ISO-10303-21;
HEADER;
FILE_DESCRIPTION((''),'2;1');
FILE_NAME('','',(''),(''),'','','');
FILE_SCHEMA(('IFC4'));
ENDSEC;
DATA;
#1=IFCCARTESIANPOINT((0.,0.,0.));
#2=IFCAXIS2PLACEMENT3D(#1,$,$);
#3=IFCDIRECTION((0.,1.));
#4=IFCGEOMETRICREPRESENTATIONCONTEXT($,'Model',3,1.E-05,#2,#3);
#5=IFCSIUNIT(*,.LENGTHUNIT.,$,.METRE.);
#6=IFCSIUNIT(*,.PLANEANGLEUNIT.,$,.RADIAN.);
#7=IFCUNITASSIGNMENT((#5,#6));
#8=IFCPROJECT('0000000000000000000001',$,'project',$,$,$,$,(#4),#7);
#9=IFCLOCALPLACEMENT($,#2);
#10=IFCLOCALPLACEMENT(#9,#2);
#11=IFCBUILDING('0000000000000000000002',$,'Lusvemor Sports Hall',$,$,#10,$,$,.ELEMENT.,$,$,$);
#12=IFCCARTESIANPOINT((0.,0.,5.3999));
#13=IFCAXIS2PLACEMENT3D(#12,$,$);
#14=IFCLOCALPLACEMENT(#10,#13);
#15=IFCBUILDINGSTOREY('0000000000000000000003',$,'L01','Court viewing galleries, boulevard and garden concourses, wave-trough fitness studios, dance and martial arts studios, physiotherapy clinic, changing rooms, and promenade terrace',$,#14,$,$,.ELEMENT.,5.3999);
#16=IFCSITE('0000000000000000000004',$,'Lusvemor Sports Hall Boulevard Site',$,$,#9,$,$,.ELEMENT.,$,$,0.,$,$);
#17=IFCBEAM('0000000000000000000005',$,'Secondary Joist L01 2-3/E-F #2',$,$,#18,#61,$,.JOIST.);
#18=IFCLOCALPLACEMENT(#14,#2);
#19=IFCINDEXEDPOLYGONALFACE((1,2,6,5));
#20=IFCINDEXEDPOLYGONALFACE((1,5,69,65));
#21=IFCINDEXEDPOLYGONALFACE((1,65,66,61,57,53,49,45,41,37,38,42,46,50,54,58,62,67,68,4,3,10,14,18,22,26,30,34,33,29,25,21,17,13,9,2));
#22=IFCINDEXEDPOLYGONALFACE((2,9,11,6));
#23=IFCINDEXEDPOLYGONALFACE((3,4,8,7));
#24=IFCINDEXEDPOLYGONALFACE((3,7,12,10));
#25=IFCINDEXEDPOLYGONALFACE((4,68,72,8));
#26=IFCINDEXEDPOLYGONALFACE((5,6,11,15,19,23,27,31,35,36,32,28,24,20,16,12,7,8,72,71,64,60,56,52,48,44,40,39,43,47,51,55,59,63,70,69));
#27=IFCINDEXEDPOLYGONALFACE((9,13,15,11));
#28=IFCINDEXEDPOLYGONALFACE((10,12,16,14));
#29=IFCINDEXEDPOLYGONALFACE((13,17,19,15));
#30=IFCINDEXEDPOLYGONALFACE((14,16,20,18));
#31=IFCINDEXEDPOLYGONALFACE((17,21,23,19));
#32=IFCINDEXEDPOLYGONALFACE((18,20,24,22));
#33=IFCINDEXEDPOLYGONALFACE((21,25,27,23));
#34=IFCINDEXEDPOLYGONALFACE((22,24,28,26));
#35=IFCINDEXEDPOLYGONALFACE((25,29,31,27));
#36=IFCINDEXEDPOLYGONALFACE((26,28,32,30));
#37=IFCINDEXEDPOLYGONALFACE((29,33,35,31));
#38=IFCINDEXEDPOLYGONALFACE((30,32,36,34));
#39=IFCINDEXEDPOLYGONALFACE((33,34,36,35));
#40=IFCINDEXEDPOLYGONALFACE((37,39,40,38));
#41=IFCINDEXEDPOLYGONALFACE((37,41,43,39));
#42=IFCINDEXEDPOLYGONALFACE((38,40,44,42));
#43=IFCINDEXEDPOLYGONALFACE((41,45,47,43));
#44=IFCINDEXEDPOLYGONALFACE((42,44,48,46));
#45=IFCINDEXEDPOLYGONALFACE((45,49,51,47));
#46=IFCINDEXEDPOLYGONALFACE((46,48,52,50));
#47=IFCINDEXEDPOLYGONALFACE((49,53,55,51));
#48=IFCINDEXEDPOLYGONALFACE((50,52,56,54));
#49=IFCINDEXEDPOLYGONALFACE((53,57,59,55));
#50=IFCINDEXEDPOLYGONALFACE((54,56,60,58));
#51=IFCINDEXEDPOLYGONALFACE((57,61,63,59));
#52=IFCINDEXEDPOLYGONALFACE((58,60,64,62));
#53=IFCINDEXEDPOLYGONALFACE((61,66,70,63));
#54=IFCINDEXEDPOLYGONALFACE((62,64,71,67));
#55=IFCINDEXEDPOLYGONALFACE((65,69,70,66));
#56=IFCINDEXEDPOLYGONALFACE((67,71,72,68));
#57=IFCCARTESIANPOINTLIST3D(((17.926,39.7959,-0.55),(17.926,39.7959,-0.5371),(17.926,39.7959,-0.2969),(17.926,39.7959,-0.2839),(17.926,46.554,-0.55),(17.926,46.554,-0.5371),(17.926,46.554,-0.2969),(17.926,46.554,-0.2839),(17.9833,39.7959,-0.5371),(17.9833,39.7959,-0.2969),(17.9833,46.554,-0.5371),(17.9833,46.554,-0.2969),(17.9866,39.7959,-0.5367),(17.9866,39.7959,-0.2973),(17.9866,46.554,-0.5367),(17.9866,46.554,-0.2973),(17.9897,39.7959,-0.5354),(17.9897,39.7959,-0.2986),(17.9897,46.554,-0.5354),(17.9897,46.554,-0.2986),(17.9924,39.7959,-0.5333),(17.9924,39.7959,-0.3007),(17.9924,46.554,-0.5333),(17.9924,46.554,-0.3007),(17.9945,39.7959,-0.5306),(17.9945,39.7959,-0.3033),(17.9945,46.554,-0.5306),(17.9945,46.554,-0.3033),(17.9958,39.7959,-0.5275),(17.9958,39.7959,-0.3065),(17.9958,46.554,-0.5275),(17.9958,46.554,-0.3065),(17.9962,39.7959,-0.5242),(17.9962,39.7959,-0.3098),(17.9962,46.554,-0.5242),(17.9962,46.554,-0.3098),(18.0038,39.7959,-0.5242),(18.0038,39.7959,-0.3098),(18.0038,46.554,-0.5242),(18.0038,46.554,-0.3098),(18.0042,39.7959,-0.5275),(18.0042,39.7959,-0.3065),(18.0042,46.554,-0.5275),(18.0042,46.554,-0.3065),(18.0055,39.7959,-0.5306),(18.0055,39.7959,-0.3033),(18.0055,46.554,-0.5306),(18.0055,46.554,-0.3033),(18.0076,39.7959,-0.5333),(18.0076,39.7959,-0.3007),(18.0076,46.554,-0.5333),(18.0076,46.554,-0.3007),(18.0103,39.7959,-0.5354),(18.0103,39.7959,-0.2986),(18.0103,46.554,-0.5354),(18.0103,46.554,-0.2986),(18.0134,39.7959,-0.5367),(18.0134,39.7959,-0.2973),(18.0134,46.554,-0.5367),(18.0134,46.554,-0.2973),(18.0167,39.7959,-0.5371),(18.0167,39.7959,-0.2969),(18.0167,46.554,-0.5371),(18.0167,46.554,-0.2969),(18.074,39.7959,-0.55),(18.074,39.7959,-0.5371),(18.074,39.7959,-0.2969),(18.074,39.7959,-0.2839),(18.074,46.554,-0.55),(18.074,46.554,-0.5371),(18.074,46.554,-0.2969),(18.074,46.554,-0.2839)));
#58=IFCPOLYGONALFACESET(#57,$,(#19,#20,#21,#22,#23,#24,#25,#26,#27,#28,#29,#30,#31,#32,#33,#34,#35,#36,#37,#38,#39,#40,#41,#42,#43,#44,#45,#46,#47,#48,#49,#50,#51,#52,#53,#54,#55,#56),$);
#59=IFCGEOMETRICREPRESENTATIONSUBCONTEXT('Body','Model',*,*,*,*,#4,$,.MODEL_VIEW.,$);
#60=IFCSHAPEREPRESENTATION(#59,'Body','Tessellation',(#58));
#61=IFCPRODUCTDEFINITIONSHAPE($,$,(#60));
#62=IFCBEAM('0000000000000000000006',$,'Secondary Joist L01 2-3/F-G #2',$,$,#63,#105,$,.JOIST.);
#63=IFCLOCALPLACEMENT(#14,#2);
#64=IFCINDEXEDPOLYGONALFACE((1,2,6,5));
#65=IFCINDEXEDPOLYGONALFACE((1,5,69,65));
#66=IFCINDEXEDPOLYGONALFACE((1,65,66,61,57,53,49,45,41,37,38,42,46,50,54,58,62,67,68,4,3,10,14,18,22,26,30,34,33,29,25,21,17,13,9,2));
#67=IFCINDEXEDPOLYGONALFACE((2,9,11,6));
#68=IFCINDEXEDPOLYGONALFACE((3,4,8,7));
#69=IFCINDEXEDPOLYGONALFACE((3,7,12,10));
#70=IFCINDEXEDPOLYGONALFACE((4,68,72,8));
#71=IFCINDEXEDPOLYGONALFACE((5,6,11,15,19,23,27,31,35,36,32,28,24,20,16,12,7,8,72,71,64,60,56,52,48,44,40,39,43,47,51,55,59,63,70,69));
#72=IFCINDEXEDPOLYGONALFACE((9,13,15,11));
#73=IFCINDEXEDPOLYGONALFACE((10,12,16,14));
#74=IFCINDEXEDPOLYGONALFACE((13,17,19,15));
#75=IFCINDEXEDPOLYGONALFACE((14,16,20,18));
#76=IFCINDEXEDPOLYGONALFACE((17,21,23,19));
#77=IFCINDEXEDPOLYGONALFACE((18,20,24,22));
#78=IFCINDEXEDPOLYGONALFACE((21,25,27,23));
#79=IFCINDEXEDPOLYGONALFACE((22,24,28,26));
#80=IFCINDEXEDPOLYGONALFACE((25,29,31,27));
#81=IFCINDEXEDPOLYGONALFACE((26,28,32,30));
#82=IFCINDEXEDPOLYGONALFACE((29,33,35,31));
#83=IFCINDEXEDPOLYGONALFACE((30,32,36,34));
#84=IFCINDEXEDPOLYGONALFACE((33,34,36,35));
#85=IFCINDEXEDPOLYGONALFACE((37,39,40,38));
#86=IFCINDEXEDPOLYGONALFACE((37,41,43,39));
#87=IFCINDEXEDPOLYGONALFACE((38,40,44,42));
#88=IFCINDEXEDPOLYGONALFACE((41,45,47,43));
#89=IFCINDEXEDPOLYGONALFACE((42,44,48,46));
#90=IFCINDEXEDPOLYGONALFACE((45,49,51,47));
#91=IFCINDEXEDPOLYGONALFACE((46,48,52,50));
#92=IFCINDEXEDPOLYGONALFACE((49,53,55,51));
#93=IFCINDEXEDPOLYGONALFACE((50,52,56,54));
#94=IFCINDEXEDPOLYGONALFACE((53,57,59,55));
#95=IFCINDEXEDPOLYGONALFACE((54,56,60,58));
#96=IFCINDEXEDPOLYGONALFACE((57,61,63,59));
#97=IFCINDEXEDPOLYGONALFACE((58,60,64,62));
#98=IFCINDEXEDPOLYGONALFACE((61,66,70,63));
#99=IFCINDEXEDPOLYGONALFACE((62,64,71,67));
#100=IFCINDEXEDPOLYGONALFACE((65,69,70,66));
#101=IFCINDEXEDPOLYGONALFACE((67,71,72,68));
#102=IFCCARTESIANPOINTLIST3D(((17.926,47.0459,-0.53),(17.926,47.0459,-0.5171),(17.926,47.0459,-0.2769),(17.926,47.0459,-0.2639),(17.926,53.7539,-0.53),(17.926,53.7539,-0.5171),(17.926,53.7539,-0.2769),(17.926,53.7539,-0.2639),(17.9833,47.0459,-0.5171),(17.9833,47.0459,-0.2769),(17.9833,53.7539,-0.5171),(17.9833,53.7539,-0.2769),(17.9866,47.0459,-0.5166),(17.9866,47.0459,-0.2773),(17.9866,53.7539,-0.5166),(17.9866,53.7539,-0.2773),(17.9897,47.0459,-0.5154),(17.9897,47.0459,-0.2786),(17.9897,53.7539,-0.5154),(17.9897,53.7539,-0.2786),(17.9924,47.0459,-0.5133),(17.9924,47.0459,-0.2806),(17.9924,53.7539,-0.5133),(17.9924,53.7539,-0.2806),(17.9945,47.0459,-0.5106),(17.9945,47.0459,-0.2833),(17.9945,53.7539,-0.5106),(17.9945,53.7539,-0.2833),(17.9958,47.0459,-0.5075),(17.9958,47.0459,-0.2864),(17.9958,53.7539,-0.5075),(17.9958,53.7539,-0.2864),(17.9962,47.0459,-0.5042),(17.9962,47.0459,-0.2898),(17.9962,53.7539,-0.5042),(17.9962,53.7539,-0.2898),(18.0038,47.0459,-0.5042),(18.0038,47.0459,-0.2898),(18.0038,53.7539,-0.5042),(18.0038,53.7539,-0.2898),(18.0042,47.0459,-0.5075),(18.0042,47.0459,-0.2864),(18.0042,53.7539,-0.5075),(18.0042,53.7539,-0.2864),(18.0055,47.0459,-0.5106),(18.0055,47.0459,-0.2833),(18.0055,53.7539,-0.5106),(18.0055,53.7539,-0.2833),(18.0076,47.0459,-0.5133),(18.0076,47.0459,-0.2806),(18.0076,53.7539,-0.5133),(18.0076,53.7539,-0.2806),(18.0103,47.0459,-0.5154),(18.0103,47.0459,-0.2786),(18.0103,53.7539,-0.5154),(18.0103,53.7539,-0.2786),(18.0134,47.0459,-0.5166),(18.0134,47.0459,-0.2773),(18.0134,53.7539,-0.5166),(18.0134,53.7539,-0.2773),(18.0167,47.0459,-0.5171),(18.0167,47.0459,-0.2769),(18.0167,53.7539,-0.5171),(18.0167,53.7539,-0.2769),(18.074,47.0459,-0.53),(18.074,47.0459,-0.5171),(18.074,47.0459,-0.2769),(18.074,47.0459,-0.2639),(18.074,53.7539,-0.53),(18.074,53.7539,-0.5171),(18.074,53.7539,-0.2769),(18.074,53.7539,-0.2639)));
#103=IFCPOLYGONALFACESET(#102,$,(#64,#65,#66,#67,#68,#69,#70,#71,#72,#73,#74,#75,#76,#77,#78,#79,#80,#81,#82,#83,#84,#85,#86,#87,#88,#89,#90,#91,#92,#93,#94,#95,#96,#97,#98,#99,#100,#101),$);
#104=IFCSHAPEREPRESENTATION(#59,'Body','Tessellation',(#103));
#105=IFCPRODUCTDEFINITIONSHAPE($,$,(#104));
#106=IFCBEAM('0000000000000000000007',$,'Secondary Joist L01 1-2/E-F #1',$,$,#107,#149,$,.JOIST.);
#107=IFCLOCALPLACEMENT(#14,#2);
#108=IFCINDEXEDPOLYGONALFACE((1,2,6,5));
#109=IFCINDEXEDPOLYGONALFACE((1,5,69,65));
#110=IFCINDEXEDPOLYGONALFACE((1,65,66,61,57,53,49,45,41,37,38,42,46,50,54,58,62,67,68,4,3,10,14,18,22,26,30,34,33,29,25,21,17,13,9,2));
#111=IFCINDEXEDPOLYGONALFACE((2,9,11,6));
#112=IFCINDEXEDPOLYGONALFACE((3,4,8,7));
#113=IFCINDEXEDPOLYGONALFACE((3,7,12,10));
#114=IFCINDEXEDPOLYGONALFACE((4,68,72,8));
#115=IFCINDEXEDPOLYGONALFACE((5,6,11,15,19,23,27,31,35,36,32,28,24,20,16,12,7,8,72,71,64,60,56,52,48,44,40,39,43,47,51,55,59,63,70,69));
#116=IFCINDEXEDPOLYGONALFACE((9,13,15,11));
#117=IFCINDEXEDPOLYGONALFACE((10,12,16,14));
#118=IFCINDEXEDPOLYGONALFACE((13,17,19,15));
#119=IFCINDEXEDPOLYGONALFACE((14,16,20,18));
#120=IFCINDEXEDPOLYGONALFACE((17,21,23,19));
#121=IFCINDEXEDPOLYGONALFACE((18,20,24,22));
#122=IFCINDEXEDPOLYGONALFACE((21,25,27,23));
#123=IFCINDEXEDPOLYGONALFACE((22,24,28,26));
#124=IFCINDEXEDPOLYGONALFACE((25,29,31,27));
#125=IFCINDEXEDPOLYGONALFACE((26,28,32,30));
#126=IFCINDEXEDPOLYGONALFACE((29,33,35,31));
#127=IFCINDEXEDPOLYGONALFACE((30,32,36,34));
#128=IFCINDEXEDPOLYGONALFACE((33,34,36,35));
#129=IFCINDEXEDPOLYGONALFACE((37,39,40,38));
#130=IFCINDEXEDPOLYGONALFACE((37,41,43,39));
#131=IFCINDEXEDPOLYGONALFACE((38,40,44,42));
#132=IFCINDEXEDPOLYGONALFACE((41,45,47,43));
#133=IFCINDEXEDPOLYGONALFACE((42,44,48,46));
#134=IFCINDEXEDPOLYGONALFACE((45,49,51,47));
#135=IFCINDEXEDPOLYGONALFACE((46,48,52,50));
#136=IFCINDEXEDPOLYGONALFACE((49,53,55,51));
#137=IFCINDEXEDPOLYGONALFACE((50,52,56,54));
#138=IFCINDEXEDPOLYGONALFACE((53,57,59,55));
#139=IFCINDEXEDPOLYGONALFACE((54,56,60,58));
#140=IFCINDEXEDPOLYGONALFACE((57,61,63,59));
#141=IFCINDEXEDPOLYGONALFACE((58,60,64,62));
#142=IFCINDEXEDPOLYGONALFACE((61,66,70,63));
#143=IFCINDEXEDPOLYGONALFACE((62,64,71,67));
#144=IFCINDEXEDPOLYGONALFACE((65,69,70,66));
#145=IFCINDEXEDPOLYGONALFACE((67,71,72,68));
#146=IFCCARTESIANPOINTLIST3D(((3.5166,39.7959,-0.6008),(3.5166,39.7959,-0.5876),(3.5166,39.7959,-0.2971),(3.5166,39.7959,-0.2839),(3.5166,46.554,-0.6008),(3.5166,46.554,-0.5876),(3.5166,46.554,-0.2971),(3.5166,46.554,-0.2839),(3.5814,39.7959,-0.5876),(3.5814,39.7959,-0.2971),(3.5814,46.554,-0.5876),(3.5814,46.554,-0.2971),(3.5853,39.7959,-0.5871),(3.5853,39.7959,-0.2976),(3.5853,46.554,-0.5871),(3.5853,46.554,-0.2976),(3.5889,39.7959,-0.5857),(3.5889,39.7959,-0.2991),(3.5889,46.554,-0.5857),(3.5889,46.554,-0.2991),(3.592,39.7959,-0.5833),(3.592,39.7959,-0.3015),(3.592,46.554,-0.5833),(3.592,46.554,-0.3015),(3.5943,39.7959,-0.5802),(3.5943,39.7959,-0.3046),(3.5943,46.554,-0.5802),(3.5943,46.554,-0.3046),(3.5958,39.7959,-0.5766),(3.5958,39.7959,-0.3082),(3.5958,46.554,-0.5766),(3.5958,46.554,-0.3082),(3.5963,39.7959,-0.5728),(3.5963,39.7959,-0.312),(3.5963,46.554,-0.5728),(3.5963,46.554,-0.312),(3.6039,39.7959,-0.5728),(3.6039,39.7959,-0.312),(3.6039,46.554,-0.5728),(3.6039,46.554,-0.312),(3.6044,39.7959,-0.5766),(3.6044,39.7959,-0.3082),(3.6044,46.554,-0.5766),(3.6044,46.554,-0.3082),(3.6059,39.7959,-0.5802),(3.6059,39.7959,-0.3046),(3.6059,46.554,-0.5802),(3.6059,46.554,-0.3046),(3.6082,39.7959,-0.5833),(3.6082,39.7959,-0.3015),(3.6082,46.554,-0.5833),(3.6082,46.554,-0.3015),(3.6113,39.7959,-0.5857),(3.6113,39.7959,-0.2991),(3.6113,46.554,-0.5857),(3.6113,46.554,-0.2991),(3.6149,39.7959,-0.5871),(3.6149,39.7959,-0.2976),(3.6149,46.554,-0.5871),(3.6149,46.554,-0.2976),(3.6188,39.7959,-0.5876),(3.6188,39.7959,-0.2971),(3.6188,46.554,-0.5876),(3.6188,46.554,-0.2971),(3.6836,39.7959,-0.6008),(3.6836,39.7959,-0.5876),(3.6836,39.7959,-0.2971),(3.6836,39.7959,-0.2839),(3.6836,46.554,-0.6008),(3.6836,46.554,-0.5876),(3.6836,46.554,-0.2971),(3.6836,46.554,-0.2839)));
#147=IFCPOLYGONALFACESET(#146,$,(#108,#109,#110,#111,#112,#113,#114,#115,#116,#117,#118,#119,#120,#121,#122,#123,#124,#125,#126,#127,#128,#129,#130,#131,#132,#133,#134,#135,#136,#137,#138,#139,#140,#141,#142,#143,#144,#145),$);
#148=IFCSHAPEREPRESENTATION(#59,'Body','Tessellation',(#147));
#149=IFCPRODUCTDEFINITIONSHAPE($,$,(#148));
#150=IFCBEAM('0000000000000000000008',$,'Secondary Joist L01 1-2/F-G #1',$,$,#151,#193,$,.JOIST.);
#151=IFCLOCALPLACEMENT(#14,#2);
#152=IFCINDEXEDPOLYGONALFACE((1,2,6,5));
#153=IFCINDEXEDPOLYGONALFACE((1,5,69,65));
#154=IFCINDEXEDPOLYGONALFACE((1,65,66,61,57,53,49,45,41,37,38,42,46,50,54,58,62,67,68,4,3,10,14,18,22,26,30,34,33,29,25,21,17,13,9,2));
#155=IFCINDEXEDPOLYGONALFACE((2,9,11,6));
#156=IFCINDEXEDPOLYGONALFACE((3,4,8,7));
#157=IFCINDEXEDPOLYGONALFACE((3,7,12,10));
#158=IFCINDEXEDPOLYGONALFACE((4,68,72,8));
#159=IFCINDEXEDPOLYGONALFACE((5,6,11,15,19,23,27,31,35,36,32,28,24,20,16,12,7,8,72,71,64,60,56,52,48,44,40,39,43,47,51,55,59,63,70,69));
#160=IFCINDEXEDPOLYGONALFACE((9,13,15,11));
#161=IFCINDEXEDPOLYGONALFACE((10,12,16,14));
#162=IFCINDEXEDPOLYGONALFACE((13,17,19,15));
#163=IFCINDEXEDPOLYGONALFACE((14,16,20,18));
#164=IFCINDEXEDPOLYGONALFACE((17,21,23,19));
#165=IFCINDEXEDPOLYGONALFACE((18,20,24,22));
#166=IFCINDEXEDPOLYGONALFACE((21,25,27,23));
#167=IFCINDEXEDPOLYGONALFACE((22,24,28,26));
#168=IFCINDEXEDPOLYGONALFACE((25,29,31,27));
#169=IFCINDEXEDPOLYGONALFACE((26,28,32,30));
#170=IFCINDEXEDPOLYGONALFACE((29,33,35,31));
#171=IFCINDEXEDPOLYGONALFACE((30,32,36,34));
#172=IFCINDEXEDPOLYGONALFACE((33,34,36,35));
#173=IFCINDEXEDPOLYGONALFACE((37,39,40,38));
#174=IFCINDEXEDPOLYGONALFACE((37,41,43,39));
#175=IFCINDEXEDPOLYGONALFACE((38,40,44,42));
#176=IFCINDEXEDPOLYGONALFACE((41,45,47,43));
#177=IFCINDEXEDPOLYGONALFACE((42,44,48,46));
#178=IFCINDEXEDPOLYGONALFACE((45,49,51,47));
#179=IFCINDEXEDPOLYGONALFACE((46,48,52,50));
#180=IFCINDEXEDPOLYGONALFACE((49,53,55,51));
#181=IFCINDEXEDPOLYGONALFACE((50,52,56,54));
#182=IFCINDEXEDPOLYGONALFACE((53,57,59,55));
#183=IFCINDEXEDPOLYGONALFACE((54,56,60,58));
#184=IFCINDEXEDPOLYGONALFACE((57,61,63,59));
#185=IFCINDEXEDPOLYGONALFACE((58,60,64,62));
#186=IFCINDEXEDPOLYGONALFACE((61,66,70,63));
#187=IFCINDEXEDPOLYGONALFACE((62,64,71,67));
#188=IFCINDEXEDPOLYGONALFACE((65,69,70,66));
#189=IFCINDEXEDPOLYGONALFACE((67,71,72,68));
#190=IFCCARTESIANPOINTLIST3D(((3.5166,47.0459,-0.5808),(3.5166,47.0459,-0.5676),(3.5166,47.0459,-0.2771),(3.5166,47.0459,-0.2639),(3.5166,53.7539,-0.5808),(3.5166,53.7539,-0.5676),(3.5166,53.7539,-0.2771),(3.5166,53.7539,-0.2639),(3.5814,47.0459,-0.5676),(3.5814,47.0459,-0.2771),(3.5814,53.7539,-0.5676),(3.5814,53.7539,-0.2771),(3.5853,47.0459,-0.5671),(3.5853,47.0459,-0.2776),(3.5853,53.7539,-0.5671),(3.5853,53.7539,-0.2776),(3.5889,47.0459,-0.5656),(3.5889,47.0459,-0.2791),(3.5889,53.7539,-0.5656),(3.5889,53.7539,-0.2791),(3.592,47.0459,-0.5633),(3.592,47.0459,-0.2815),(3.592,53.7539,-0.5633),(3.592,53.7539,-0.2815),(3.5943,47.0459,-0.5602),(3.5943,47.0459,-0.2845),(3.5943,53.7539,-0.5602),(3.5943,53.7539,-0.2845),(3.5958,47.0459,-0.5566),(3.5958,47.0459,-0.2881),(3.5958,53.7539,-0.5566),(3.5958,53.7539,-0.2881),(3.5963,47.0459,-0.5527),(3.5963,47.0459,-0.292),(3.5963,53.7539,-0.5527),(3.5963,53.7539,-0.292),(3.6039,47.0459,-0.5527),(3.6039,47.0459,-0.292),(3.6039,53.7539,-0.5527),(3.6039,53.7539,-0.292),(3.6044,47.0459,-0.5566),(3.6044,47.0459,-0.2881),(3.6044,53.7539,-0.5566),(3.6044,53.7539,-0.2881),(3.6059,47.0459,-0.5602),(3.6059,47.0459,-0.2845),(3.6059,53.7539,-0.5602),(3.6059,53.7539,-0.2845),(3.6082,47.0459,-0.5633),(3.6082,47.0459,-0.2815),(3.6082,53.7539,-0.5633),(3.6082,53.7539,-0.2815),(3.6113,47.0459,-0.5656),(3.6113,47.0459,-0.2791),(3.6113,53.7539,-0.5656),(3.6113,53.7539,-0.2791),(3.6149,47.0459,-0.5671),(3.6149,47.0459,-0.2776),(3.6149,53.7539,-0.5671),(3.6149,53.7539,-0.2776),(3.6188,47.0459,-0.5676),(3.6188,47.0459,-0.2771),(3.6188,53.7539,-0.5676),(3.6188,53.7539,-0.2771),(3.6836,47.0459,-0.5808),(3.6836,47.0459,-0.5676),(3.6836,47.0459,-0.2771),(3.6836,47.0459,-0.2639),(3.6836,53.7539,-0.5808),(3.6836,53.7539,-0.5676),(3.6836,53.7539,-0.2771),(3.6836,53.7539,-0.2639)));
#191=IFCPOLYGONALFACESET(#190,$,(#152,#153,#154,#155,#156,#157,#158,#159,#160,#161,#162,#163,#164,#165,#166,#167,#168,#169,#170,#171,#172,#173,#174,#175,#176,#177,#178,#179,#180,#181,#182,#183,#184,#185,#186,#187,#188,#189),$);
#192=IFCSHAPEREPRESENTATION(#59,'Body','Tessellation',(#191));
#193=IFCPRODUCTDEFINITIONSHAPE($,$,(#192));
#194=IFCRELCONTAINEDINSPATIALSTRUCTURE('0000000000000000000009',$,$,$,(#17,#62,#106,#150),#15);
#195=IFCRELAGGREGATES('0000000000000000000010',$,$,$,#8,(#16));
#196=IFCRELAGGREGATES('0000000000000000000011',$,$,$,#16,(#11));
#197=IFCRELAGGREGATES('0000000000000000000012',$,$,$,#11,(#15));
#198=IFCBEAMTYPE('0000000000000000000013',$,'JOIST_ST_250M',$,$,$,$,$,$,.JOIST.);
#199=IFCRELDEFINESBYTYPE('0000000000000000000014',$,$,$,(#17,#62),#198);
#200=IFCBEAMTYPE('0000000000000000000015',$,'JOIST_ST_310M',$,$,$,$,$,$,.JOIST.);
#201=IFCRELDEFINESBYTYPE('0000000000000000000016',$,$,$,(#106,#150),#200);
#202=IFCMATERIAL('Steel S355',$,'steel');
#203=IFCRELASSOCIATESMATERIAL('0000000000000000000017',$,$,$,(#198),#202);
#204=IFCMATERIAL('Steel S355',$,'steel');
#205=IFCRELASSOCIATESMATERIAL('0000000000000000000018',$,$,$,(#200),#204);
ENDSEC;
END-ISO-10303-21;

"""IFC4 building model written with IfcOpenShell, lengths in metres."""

from ifc_helpers import new_model, si_unit, direction, frame, origin, origin_2d, place, context, subcontext, project, spatial, i_section, extrude, material, material_profile, profile_set, type_object, element, save


model = new_model("IFC4")

# Units and contexts
model_context = context("Model", 3, precision=1e-05, world=origin(), true_north=direction((0.0, 1.0)))
body_context = subcontext(model_context, "Body", "Model", "MODEL_VIEW")
ifc_project = project(units=[si_unit("LENGTHUNIT", "METRE"), si_unit("PLANEANGLEUNIT", "RADIAN")], contexts=[model_context])

# Site, building, storey
site_placement = place(None, origin())
site = spatial("IfcSite", under=ifc_project, at=site_placement, Name="Lusvemor Sports Hall Boulevard Site", CompositionType="ELEMENT", RefElevation=0.0)
building_placement = place(site_placement, origin())
building = spatial("IfcBuilding", under=site, at=building_placement, Name="Lusvemor Sports Hall", CompositionType="ELEMENT")
storey_placement = place(building_placement, frame((0.0, 0.0, 5.3999)))
storey = spatial("IfcBuildingStorey", under=building, at=storey_placement, Name="L01", Description="Court viewing galleries, boulevard and garden concourses, wave-trough fitness studios, dance and martial arts studios, physiotherapy clinic, changing rooms, and promenade terrace", CompositionType="ELEMENT", Elevation=5.3999)

# Beams
ifc_material_1 = material(Name="Steel S355", Category="steel")
ifc_material_profile_1 = material_profile(ifc_material_1, i_section(OverallWidth=0.1479, OverallDepth=0.2661, WebThickness=0.0076, FlangeThickness=0.0129, FilletRadius=0.0129, at=origin_2d()), Name="W250x44.8")
ifc_profile_set_1 = profile_set([ifc_material_profile_1], Name="Steel S355")
beam_type_1 = type_object("IfcBeamType", Name="JOIST_ST_250M", PredefinedType="JOIST", material=ifc_profile_set_1)
beam_1_placement = place(storey_placement, frame((18.0, 39.7959, -0.417), z_axis=(0.0, 1.0, 0.0), x_axis=(-1.0, 0.0, 0.0)))
element("IfcBeam", 1, at=beam_1_placement, inside=storey, type_object=beam_type_1, Name="Secondary Joist L01 2-3/E-F #2", PredefinedType="JOIST", context=body_context, shape_type="SweptSolid", body=[
    extrude(i_section(OverallWidth=0.1479, OverallDepth=0.2661, WebThickness=0.0076, FlangeThickness=0.0129, FilletRadius=0.0129, at=origin_2d()), origin(), (0.0, 0.0, 1.0), 6.7581),
])
beam_2_placement = place(storey_placement, frame((18.0, 47.0459, -0.397), z_axis=(0.0, 1.0, 0.0), x_axis=(-1.0, 0.0, 0.0)))
element("IfcBeam", 2, at=beam_2_placement, inside=storey, type_object=beam_type_1, Name="Secondary Joist L01 2-3/F-G #2", PredefinedType="JOIST", context=body_context, shape_type="SweptSolid", body=[
    extrude(i_section(OverallWidth=0.1479, OverallDepth=0.2661, WebThickness=0.0076, FlangeThickness=0.0129, FilletRadius=0.0129, at=origin_2d()), origin(), (0.0, 0.0, 1.0), 6.708),
])
ifc_material_2 = material(Name="Steel S355", Category="steel")
ifc_material_profile_2 = material_profile(ifc_material_2, i_section(OverallWidth=0.167, OverallDepth=0.3169, WebThickness=0.0076, FlangeThickness=0.0132, FilletRadius=0.0149, at=origin_2d()), Name="W310x52.0")
ifc_profile_set_2 = profile_set([ifc_material_profile_2], Name="Steel S355")
beam_type_2 = type_object("IfcBeamType", Name="JOIST_ST_310M", PredefinedType="JOIST", material=ifc_profile_set_2)
beam_3_placement = place(storey_placement, frame((3.6001, 39.7959, -0.4424), z_axis=(0.0, 1.0, 0.0), x_axis=(-1.0, 0.0, 0.0)))
element("IfcBeam", 3, at=beam_3_placement, inside=storey, type_object=beam_type_2, Name="Secondary Joist L01 1-2/E-F #1", PredefinedType="JOIST", context=body_context, shape_type="SweptSolid", body=[
    extrude(i_section(OverallWidth=0.167, OverallDepth=0.3169, WebThickness=0.0076, FlangeThickness=0.0132, FilletRadius=0.0149, at=origin_2d()), origin(), (0.0, 0.0, 1.0), 6.7581),
])
beam_4_placement = place(storey_placement, frame((3.6001, 47.0459, -0.4224), z_axis=(0.0, 1.0, 0.0), x_axis=(-1.0, 0.0, 0.0)))
element("IfcBeam", 4, at=beam_4_placement, inside=storey, type_object=beam_type_2, Name="Secondary Joist L01 1-2/F-G #1", PredefinedType="JOIST", context=body_context, shape_type="SweptSolid", body=[
    extrude(i_section(OverallWidth=0.167, OverallDepth=0.3169, WebThickness=0.0076, FlangeThickness=0.0132, FilletRadius=0.0149, at=origin_2d()), origin(), (0.0, 0.0, 1.0), 6.708),
])

save(model, "model.ifc")
